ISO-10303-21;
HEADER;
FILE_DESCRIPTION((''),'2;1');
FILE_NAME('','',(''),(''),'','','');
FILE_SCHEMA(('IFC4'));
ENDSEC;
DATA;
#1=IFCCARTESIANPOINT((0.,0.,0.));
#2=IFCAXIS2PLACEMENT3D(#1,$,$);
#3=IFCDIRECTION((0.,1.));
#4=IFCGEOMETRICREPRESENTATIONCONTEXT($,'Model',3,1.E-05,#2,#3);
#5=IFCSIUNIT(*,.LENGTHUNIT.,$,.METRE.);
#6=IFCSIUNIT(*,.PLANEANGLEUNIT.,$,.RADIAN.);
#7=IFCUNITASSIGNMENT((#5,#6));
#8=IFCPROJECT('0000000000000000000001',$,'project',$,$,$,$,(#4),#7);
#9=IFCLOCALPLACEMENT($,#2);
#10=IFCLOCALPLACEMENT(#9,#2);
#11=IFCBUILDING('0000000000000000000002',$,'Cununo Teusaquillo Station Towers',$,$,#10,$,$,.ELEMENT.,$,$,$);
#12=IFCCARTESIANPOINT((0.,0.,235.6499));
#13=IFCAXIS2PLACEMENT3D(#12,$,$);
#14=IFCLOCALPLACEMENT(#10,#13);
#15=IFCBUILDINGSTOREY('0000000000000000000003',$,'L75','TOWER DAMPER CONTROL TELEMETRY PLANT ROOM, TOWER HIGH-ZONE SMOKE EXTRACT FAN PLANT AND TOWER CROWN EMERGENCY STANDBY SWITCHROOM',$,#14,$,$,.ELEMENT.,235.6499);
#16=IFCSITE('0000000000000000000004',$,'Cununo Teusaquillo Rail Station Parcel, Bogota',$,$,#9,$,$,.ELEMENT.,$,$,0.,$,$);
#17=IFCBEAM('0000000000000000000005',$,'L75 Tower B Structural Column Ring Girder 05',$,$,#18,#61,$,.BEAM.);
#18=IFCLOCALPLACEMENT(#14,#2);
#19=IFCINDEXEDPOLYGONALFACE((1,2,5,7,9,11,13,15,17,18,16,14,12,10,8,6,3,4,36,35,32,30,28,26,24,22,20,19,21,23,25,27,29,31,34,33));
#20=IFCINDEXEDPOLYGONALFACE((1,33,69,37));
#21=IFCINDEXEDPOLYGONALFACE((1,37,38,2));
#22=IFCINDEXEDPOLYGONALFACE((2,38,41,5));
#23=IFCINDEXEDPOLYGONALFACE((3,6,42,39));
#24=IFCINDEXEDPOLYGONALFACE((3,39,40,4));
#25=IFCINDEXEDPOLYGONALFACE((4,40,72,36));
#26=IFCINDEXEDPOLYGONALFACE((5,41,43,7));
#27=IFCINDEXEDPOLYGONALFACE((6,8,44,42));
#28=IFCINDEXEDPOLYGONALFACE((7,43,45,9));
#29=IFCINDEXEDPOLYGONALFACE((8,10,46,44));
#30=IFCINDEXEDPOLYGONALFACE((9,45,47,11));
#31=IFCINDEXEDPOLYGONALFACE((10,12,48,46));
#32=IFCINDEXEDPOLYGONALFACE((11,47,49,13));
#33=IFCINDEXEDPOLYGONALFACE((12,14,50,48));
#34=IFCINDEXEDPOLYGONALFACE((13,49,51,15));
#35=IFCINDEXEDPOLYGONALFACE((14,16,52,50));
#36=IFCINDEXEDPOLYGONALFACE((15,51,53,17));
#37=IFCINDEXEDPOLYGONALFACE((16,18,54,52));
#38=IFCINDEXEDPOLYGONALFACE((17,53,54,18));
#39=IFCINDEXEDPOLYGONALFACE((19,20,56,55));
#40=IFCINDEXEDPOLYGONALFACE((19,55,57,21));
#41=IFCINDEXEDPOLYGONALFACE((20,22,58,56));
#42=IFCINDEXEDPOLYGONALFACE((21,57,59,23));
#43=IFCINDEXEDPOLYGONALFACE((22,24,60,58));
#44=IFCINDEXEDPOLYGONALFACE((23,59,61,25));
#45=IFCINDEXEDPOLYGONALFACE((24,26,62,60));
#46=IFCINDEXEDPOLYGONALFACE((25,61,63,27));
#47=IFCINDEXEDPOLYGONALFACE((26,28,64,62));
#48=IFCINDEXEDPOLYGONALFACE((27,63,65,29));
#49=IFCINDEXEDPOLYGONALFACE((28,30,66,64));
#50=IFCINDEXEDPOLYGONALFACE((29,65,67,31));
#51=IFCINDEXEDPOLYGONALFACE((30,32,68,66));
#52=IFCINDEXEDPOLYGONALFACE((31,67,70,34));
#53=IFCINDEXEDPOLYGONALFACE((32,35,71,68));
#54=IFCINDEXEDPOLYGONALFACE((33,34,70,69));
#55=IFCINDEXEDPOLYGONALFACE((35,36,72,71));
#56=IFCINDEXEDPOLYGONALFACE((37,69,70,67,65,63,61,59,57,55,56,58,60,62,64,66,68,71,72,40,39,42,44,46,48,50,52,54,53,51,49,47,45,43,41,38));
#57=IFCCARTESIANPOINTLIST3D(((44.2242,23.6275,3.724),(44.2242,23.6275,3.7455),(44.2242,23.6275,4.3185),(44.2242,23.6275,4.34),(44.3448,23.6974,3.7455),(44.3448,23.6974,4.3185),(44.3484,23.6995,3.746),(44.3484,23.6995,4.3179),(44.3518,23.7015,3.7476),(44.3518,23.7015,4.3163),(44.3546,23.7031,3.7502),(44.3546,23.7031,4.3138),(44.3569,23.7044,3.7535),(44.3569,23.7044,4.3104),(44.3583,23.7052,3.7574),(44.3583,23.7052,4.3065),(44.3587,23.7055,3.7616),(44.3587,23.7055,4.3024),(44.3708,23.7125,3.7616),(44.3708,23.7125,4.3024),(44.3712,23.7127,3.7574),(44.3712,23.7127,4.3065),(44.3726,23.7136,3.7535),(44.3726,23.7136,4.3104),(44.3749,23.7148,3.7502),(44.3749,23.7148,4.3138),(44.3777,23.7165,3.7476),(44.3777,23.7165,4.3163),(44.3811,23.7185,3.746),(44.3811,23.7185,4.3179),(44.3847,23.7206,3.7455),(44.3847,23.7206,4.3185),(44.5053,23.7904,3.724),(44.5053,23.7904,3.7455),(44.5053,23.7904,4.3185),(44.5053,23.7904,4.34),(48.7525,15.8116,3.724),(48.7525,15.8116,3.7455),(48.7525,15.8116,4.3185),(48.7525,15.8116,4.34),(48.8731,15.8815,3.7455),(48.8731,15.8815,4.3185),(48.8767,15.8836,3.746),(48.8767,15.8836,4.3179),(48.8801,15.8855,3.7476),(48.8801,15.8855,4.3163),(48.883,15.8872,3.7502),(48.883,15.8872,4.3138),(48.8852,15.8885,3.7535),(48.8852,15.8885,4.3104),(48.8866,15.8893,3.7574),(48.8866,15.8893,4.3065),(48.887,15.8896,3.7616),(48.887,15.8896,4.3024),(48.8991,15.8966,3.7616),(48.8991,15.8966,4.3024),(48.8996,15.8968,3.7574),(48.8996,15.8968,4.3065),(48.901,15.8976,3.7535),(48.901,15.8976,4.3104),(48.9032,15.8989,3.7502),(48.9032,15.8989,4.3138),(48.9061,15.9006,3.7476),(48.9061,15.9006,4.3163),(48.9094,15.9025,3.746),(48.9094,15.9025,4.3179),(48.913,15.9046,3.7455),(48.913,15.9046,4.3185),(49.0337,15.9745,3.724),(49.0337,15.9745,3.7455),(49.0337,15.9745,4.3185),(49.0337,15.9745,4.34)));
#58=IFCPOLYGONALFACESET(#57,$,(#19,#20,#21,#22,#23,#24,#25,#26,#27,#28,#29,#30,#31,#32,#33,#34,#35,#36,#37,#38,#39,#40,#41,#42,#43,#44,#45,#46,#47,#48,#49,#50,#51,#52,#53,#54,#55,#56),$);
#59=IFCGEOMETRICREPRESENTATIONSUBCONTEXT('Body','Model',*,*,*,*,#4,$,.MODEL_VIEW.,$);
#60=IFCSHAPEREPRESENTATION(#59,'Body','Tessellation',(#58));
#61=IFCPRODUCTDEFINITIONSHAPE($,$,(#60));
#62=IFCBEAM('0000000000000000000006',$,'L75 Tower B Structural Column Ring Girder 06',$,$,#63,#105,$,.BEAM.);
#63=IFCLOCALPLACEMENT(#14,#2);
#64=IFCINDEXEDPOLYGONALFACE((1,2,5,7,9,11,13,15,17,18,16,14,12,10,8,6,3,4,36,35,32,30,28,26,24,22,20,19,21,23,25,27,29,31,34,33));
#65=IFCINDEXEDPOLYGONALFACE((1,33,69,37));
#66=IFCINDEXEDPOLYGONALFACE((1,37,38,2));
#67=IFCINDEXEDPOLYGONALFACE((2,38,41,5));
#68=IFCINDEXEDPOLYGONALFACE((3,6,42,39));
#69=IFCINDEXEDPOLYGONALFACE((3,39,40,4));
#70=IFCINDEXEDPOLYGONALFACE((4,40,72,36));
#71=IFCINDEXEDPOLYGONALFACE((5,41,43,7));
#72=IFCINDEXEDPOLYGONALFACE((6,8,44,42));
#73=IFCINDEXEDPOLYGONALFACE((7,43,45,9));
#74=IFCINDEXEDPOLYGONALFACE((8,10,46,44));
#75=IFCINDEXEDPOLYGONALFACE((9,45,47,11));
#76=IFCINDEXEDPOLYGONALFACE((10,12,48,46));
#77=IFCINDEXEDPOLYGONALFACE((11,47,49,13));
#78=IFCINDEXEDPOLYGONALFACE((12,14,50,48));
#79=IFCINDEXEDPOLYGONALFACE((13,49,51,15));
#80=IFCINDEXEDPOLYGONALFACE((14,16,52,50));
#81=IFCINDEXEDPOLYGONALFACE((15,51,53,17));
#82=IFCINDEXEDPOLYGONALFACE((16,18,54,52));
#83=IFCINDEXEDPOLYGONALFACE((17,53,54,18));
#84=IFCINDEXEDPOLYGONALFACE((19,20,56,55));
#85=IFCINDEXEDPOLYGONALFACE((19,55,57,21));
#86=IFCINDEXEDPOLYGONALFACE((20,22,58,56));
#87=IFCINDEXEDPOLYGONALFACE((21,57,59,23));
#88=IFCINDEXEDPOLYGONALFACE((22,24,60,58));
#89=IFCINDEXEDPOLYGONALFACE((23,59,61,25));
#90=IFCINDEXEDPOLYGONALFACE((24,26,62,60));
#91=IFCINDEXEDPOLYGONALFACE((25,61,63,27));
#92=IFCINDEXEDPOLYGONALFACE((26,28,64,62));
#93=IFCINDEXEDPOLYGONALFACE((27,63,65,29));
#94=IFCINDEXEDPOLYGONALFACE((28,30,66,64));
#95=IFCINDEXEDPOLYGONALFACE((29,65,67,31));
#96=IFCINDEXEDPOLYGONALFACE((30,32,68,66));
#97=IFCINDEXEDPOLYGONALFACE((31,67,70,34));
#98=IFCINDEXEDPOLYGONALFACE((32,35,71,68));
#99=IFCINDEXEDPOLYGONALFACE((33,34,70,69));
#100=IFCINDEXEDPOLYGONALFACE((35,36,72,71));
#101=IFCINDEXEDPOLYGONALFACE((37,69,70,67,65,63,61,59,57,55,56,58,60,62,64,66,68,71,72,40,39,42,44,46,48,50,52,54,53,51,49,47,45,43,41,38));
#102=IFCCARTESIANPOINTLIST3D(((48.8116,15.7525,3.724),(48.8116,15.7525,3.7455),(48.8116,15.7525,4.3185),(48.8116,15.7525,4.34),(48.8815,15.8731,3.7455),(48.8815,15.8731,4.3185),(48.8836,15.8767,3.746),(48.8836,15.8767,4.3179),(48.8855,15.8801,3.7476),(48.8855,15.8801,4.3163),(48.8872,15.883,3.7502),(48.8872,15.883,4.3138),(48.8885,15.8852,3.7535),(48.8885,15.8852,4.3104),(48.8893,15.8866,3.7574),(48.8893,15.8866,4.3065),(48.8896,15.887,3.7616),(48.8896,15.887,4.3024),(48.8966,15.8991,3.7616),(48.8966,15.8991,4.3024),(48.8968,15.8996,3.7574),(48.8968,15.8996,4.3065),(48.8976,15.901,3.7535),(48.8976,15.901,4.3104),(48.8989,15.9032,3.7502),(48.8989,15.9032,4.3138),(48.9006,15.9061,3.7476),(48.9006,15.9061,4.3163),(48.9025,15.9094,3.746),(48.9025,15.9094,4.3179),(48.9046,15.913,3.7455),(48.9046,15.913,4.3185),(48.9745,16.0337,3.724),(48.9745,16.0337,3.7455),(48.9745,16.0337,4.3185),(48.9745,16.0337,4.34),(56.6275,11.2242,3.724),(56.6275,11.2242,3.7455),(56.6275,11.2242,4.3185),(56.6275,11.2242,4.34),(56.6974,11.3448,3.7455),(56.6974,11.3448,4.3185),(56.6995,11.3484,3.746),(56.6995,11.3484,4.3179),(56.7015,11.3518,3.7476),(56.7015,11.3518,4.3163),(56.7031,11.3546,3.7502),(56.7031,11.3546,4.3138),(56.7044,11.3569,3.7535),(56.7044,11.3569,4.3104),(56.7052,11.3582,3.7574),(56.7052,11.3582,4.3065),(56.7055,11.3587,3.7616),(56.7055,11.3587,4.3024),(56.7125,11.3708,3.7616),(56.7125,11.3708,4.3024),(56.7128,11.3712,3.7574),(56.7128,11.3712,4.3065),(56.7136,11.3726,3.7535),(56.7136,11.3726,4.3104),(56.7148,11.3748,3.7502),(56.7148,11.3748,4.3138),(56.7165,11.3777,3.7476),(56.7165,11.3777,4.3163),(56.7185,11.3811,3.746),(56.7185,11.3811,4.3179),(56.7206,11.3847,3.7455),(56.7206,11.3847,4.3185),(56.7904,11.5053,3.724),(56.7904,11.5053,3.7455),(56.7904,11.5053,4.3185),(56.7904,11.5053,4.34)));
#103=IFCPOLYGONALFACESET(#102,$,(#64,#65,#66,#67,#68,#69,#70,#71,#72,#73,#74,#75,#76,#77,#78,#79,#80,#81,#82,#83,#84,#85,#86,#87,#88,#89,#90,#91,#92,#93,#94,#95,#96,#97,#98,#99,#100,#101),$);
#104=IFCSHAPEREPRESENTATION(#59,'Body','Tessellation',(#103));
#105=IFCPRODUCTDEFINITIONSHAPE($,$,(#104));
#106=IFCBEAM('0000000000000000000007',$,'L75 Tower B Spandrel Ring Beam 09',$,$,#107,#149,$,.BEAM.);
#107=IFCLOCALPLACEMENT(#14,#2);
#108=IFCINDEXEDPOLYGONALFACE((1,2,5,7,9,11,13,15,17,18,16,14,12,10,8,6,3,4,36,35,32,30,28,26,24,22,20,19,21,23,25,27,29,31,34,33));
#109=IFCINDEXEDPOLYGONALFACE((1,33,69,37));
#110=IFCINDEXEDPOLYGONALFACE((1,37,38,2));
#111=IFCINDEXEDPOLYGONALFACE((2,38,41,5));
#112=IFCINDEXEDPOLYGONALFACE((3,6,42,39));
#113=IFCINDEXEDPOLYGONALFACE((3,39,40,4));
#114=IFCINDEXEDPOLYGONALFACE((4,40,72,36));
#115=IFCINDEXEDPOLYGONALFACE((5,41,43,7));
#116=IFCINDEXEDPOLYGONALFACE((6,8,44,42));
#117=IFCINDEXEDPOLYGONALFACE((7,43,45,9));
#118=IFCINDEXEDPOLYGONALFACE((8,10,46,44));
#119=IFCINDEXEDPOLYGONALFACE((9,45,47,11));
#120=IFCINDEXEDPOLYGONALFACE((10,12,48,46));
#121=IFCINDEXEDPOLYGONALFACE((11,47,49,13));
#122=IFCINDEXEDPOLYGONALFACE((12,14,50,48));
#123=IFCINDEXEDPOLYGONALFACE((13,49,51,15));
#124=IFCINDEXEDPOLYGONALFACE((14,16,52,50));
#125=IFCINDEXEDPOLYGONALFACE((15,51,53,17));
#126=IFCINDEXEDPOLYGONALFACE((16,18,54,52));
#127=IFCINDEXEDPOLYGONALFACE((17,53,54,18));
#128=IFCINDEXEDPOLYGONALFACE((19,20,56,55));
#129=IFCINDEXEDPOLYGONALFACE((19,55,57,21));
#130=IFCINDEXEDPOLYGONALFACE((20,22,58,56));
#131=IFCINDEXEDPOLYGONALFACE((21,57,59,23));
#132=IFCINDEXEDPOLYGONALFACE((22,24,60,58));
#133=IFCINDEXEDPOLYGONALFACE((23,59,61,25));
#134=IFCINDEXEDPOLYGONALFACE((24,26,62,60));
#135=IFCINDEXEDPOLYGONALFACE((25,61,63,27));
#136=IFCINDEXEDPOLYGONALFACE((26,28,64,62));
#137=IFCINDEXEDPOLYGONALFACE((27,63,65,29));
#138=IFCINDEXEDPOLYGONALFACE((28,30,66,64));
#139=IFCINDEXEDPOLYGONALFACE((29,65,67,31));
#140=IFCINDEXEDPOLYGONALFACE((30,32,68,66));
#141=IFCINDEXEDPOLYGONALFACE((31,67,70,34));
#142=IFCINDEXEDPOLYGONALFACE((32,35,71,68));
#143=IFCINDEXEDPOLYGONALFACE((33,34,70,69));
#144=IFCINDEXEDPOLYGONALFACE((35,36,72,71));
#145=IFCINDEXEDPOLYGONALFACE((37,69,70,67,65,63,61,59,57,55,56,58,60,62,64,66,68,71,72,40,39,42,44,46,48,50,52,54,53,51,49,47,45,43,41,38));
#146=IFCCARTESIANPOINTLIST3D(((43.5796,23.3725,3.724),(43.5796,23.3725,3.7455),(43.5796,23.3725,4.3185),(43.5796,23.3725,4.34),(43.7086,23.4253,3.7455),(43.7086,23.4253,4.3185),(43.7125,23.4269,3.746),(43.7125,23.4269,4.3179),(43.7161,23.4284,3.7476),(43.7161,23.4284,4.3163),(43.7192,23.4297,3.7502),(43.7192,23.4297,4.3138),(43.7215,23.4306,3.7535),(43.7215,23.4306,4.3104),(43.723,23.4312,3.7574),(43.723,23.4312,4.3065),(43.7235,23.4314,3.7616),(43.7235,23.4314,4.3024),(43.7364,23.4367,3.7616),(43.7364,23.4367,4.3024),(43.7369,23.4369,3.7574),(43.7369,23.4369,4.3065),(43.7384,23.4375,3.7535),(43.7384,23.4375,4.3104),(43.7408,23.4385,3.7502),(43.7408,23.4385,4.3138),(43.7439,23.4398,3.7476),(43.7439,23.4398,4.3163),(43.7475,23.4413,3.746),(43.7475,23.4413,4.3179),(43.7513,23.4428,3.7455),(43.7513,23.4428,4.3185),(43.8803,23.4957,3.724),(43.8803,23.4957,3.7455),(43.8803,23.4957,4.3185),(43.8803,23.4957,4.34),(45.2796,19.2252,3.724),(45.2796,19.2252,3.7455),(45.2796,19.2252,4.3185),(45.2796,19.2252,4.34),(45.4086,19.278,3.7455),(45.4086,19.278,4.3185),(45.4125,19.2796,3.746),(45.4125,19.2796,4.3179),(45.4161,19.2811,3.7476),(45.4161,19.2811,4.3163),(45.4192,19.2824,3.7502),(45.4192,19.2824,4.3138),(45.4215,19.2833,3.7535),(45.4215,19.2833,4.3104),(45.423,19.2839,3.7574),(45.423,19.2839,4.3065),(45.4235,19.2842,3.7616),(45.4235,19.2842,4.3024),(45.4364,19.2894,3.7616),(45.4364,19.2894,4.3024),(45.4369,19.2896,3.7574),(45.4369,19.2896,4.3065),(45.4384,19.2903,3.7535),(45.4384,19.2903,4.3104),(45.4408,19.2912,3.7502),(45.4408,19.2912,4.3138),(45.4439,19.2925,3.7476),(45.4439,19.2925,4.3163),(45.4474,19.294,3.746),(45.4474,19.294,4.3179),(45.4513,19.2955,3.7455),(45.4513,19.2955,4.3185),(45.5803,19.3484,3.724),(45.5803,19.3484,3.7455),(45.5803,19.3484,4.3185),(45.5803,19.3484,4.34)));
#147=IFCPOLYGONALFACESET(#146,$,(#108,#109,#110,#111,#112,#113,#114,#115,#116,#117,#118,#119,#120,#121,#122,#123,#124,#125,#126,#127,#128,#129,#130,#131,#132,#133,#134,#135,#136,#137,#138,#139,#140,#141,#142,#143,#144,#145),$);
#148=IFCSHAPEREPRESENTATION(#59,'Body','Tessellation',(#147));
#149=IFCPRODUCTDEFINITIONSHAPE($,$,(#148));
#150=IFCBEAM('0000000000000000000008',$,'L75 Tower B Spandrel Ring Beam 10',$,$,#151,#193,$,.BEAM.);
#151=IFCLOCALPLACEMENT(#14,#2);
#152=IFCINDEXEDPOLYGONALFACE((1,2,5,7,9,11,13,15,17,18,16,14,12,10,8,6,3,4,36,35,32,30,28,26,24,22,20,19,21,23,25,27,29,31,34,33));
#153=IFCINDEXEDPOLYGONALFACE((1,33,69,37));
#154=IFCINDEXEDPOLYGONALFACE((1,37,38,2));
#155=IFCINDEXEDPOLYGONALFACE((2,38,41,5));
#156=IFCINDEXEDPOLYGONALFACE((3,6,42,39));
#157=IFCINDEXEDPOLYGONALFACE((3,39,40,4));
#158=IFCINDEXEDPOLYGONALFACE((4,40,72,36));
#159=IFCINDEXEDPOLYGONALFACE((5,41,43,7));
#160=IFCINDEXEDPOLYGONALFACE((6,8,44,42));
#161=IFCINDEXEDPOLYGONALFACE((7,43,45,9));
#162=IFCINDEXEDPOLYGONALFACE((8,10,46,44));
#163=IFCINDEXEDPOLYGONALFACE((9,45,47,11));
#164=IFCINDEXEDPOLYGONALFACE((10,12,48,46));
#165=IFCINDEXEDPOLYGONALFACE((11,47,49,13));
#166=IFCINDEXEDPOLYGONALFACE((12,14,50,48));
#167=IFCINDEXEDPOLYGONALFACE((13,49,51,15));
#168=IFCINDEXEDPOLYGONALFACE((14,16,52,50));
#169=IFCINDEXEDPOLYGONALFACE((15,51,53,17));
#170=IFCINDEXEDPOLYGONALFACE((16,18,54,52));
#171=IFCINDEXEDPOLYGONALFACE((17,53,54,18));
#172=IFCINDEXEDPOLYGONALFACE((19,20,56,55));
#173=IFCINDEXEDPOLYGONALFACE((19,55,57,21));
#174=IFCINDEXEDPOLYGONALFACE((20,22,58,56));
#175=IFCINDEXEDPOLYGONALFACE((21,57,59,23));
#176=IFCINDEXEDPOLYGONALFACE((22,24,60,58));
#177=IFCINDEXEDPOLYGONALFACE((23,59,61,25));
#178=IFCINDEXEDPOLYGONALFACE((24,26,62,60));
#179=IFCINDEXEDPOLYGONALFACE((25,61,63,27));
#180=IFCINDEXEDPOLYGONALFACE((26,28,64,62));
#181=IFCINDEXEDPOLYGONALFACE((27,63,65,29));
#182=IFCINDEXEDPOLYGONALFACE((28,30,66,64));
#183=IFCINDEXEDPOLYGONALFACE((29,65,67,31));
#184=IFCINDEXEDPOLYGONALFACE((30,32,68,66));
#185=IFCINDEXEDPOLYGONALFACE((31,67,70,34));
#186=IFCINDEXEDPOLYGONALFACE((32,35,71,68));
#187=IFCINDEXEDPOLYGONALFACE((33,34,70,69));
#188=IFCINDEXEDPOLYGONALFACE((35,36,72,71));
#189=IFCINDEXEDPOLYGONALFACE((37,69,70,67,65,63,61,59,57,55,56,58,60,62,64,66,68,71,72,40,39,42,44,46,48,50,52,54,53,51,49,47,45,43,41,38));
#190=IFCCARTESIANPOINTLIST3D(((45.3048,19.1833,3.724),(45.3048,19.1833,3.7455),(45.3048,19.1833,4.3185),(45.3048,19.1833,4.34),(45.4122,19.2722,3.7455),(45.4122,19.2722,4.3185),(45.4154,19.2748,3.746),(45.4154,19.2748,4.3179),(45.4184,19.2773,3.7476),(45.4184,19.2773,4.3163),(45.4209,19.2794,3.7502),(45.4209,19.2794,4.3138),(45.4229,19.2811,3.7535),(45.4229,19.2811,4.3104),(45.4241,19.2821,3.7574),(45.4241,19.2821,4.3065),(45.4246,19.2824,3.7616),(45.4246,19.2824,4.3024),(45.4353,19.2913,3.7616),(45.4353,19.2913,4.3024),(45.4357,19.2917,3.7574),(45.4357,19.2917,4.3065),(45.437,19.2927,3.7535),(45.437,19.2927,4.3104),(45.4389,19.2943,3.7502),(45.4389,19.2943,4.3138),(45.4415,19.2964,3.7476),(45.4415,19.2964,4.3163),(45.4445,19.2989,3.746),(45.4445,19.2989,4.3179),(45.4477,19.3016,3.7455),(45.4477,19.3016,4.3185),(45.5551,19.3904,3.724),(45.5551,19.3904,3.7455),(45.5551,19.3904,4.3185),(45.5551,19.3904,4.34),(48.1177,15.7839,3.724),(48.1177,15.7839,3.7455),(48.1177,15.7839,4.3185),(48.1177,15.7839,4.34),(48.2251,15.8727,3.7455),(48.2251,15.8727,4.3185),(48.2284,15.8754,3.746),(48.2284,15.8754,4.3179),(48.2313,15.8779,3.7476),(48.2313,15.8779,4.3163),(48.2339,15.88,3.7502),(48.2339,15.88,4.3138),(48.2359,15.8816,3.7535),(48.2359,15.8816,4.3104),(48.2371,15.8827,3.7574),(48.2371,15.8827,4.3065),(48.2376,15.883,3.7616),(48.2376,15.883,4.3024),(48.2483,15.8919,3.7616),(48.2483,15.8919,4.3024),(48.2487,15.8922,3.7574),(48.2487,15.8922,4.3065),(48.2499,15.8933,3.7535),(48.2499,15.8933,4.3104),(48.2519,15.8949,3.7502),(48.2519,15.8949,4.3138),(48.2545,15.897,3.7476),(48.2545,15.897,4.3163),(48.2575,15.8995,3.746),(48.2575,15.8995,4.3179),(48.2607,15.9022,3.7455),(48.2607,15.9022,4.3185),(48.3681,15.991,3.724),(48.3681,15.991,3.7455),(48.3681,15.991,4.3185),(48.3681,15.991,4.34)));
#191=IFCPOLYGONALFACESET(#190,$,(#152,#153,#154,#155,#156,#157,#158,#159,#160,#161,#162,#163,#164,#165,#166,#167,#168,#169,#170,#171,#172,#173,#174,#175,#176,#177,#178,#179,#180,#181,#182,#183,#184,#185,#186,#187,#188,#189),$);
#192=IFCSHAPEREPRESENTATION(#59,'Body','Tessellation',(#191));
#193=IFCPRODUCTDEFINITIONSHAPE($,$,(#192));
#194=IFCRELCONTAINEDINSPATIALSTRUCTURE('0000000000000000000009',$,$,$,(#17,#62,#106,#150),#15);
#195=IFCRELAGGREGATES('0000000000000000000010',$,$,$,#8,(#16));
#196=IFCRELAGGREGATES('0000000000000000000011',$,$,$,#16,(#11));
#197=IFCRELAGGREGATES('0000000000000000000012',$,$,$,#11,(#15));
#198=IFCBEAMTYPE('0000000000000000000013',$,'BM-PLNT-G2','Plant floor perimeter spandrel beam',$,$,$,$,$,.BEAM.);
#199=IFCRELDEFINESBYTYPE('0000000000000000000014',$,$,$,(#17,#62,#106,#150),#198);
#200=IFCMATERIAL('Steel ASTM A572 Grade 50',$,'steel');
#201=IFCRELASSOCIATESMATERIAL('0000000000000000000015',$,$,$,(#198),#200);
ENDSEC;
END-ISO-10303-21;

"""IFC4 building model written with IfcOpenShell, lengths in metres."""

from ifc_helpers import new_model, si_unit, direction, frame, origin, origin_2d, place, context, subcontext, project, spatial, i_section, extrude, material, material_profile, profile_set, type_object, element, save


model = new_model("IFC4")

# Units and contexts
model_context = context("Model", 3, precision=1e-05, world=origin(), true_north=direction((0.0, 1.0)))
body_context = subcontext(model_context, "Body", "Model", "MODEL_VIEW")
ifc_project = project(units=[si_unit("LENGTHUNIT", "METRE"), si_unit("PLANEANGLEUNIT", "RADIAN")], contexts=[model_context])

# Site, building, storey
site_placement = place(None, origin())
site = spatial("IfcSite", under=ifc_project, at=site_placement, Name="Cununo Teusaquillo Rail Station Parcel, Bogota", CompositionType="ELEMENT", RefElevation=0.0)
building_placement = place(site_placement, origin())
building = spatial("IfcBuilding", under=site, at=building_placement, Name="Cununo Teusaquillo Station Towers", CompositionType="ELEMENT")
storey_placement = place(building_placement, frame((0.0, 0.0, 235.6499)))
storey = spatial("IfcBuildingStorey", under=building, at=storey_placement, Name="L75", Description="TOWER DAMPER CONTROL TELEMETRY PLANT ROOM, TOWER HIGH-ZONE SMOKE EXTRACT FAN PLANT AND TOWER CROWN EMERGENCY STANDBY SWITCHROOM", CompositionType="ELEMENT", Elevation=235.6499)

# Beams
ifc_material_1 = material(Name="Steel ASTM A572 Grade 50", Category="steel")
ifc_material_profile_1 = material_profile(ifc_material_1, i_section(OverallWidth=0.325, OverallDepth=0.616, WebThickness=0.0139, FlangeThickness=0.0215, FilletRadius=0.0161, at=origin_2d()), Name="W24X117")
ifc_profile_set_1 = profile_set([ifc_material_profile_1], Name="Steel ASTM A572 Grade 50")
beam_type_1 = type_object("IfcBeamType", Name="BM-PLNT-G2", Description="Plant floor perimeter spandrel beam", PredefinedType="BEAM", material=ifc_profile_set_1)
for number, where, z_axis, x_axis, name in (
    (1, (44.3647, 23.709, 4.032), (0.501311, -0.865267, 0.0), (0.865267, 0.501311, 0.0), "L75 Tower B Structural Column Ring Girder 05"),
    (2, (48.8931, 15.8931, 4.032), (0.865267, -0.501311, 0.0), (0.501311, 0.865267, 0.0), "L75 Tower B Structural Column Ring Girder 06"),
):
    element("IfcBeam", number, at=place(storey_placement, frame(where, z_axis=z_axis, x_axis=x_axis)), inside=storey, type_object=beam_type_1, Name=name, PredefinedType="BEAM", context=body_context, shape_type="SweptSolid", body=[
        extrude(i_section(OverallWidth=0.325, OverallDepth=0.616, WebThickness=0.0139, FlangeThickness=0.0215, FilletRadius=0.0161, at=origin_2d()), origin(), (0.0, 0.0, 1.0), 9.033),
    ])
beam_1_placement = place(storey_placement, frame((43.73, 23.4341, 4.032), z_axis=(0.379275, -0.925284, 0.0), x_axis=(0.925284, 0.379275, 0.0)))
element("IfcBeam", 3, at=beam_1_placement, inside=storey, type_object=beam_type_1, Name="L75 Tower B Spandrel Ring Beam 09", PredefinedType="BEAM", context=body_context, shape_type="SweptSolid", body=[
    extrude(i_section(OverallWidth=0.325, OverallDepth=0.616, WebThickness=0.0139, FlangeThickness=0.0215, FilletRadius=0.0161, at=origin_2d()), origin(), (0.0, 0.0, 1.0), 4.4822),
])
beam_2_placement = place(storey_placement, frame((45.4299, 19.2869, 4.032), z_axis=(0.637525, -0.77043, 0.0), x_axis=(0.77043, 0.637525, 0.0)))
element("IfcBeam", 4, at=beam_2_placement, inside=storey, type_object=beam_type_1, Name="L75 Tower B Spandrel Ring Beam 10", PredefinedType="BEAM", context=body_context, shape_type="SweptSolid", body=[
    extrude(i_section(OverallWidth=0.325, OverallDepth=0.616, WebThickness=0.0139, FlangeThickness=0.0215, FilletRadius=0.0161, at=origin_2d()), origin(), (0.0, 0.0, 1.0), 4.4124),
])

save(model, "model.ifc")
